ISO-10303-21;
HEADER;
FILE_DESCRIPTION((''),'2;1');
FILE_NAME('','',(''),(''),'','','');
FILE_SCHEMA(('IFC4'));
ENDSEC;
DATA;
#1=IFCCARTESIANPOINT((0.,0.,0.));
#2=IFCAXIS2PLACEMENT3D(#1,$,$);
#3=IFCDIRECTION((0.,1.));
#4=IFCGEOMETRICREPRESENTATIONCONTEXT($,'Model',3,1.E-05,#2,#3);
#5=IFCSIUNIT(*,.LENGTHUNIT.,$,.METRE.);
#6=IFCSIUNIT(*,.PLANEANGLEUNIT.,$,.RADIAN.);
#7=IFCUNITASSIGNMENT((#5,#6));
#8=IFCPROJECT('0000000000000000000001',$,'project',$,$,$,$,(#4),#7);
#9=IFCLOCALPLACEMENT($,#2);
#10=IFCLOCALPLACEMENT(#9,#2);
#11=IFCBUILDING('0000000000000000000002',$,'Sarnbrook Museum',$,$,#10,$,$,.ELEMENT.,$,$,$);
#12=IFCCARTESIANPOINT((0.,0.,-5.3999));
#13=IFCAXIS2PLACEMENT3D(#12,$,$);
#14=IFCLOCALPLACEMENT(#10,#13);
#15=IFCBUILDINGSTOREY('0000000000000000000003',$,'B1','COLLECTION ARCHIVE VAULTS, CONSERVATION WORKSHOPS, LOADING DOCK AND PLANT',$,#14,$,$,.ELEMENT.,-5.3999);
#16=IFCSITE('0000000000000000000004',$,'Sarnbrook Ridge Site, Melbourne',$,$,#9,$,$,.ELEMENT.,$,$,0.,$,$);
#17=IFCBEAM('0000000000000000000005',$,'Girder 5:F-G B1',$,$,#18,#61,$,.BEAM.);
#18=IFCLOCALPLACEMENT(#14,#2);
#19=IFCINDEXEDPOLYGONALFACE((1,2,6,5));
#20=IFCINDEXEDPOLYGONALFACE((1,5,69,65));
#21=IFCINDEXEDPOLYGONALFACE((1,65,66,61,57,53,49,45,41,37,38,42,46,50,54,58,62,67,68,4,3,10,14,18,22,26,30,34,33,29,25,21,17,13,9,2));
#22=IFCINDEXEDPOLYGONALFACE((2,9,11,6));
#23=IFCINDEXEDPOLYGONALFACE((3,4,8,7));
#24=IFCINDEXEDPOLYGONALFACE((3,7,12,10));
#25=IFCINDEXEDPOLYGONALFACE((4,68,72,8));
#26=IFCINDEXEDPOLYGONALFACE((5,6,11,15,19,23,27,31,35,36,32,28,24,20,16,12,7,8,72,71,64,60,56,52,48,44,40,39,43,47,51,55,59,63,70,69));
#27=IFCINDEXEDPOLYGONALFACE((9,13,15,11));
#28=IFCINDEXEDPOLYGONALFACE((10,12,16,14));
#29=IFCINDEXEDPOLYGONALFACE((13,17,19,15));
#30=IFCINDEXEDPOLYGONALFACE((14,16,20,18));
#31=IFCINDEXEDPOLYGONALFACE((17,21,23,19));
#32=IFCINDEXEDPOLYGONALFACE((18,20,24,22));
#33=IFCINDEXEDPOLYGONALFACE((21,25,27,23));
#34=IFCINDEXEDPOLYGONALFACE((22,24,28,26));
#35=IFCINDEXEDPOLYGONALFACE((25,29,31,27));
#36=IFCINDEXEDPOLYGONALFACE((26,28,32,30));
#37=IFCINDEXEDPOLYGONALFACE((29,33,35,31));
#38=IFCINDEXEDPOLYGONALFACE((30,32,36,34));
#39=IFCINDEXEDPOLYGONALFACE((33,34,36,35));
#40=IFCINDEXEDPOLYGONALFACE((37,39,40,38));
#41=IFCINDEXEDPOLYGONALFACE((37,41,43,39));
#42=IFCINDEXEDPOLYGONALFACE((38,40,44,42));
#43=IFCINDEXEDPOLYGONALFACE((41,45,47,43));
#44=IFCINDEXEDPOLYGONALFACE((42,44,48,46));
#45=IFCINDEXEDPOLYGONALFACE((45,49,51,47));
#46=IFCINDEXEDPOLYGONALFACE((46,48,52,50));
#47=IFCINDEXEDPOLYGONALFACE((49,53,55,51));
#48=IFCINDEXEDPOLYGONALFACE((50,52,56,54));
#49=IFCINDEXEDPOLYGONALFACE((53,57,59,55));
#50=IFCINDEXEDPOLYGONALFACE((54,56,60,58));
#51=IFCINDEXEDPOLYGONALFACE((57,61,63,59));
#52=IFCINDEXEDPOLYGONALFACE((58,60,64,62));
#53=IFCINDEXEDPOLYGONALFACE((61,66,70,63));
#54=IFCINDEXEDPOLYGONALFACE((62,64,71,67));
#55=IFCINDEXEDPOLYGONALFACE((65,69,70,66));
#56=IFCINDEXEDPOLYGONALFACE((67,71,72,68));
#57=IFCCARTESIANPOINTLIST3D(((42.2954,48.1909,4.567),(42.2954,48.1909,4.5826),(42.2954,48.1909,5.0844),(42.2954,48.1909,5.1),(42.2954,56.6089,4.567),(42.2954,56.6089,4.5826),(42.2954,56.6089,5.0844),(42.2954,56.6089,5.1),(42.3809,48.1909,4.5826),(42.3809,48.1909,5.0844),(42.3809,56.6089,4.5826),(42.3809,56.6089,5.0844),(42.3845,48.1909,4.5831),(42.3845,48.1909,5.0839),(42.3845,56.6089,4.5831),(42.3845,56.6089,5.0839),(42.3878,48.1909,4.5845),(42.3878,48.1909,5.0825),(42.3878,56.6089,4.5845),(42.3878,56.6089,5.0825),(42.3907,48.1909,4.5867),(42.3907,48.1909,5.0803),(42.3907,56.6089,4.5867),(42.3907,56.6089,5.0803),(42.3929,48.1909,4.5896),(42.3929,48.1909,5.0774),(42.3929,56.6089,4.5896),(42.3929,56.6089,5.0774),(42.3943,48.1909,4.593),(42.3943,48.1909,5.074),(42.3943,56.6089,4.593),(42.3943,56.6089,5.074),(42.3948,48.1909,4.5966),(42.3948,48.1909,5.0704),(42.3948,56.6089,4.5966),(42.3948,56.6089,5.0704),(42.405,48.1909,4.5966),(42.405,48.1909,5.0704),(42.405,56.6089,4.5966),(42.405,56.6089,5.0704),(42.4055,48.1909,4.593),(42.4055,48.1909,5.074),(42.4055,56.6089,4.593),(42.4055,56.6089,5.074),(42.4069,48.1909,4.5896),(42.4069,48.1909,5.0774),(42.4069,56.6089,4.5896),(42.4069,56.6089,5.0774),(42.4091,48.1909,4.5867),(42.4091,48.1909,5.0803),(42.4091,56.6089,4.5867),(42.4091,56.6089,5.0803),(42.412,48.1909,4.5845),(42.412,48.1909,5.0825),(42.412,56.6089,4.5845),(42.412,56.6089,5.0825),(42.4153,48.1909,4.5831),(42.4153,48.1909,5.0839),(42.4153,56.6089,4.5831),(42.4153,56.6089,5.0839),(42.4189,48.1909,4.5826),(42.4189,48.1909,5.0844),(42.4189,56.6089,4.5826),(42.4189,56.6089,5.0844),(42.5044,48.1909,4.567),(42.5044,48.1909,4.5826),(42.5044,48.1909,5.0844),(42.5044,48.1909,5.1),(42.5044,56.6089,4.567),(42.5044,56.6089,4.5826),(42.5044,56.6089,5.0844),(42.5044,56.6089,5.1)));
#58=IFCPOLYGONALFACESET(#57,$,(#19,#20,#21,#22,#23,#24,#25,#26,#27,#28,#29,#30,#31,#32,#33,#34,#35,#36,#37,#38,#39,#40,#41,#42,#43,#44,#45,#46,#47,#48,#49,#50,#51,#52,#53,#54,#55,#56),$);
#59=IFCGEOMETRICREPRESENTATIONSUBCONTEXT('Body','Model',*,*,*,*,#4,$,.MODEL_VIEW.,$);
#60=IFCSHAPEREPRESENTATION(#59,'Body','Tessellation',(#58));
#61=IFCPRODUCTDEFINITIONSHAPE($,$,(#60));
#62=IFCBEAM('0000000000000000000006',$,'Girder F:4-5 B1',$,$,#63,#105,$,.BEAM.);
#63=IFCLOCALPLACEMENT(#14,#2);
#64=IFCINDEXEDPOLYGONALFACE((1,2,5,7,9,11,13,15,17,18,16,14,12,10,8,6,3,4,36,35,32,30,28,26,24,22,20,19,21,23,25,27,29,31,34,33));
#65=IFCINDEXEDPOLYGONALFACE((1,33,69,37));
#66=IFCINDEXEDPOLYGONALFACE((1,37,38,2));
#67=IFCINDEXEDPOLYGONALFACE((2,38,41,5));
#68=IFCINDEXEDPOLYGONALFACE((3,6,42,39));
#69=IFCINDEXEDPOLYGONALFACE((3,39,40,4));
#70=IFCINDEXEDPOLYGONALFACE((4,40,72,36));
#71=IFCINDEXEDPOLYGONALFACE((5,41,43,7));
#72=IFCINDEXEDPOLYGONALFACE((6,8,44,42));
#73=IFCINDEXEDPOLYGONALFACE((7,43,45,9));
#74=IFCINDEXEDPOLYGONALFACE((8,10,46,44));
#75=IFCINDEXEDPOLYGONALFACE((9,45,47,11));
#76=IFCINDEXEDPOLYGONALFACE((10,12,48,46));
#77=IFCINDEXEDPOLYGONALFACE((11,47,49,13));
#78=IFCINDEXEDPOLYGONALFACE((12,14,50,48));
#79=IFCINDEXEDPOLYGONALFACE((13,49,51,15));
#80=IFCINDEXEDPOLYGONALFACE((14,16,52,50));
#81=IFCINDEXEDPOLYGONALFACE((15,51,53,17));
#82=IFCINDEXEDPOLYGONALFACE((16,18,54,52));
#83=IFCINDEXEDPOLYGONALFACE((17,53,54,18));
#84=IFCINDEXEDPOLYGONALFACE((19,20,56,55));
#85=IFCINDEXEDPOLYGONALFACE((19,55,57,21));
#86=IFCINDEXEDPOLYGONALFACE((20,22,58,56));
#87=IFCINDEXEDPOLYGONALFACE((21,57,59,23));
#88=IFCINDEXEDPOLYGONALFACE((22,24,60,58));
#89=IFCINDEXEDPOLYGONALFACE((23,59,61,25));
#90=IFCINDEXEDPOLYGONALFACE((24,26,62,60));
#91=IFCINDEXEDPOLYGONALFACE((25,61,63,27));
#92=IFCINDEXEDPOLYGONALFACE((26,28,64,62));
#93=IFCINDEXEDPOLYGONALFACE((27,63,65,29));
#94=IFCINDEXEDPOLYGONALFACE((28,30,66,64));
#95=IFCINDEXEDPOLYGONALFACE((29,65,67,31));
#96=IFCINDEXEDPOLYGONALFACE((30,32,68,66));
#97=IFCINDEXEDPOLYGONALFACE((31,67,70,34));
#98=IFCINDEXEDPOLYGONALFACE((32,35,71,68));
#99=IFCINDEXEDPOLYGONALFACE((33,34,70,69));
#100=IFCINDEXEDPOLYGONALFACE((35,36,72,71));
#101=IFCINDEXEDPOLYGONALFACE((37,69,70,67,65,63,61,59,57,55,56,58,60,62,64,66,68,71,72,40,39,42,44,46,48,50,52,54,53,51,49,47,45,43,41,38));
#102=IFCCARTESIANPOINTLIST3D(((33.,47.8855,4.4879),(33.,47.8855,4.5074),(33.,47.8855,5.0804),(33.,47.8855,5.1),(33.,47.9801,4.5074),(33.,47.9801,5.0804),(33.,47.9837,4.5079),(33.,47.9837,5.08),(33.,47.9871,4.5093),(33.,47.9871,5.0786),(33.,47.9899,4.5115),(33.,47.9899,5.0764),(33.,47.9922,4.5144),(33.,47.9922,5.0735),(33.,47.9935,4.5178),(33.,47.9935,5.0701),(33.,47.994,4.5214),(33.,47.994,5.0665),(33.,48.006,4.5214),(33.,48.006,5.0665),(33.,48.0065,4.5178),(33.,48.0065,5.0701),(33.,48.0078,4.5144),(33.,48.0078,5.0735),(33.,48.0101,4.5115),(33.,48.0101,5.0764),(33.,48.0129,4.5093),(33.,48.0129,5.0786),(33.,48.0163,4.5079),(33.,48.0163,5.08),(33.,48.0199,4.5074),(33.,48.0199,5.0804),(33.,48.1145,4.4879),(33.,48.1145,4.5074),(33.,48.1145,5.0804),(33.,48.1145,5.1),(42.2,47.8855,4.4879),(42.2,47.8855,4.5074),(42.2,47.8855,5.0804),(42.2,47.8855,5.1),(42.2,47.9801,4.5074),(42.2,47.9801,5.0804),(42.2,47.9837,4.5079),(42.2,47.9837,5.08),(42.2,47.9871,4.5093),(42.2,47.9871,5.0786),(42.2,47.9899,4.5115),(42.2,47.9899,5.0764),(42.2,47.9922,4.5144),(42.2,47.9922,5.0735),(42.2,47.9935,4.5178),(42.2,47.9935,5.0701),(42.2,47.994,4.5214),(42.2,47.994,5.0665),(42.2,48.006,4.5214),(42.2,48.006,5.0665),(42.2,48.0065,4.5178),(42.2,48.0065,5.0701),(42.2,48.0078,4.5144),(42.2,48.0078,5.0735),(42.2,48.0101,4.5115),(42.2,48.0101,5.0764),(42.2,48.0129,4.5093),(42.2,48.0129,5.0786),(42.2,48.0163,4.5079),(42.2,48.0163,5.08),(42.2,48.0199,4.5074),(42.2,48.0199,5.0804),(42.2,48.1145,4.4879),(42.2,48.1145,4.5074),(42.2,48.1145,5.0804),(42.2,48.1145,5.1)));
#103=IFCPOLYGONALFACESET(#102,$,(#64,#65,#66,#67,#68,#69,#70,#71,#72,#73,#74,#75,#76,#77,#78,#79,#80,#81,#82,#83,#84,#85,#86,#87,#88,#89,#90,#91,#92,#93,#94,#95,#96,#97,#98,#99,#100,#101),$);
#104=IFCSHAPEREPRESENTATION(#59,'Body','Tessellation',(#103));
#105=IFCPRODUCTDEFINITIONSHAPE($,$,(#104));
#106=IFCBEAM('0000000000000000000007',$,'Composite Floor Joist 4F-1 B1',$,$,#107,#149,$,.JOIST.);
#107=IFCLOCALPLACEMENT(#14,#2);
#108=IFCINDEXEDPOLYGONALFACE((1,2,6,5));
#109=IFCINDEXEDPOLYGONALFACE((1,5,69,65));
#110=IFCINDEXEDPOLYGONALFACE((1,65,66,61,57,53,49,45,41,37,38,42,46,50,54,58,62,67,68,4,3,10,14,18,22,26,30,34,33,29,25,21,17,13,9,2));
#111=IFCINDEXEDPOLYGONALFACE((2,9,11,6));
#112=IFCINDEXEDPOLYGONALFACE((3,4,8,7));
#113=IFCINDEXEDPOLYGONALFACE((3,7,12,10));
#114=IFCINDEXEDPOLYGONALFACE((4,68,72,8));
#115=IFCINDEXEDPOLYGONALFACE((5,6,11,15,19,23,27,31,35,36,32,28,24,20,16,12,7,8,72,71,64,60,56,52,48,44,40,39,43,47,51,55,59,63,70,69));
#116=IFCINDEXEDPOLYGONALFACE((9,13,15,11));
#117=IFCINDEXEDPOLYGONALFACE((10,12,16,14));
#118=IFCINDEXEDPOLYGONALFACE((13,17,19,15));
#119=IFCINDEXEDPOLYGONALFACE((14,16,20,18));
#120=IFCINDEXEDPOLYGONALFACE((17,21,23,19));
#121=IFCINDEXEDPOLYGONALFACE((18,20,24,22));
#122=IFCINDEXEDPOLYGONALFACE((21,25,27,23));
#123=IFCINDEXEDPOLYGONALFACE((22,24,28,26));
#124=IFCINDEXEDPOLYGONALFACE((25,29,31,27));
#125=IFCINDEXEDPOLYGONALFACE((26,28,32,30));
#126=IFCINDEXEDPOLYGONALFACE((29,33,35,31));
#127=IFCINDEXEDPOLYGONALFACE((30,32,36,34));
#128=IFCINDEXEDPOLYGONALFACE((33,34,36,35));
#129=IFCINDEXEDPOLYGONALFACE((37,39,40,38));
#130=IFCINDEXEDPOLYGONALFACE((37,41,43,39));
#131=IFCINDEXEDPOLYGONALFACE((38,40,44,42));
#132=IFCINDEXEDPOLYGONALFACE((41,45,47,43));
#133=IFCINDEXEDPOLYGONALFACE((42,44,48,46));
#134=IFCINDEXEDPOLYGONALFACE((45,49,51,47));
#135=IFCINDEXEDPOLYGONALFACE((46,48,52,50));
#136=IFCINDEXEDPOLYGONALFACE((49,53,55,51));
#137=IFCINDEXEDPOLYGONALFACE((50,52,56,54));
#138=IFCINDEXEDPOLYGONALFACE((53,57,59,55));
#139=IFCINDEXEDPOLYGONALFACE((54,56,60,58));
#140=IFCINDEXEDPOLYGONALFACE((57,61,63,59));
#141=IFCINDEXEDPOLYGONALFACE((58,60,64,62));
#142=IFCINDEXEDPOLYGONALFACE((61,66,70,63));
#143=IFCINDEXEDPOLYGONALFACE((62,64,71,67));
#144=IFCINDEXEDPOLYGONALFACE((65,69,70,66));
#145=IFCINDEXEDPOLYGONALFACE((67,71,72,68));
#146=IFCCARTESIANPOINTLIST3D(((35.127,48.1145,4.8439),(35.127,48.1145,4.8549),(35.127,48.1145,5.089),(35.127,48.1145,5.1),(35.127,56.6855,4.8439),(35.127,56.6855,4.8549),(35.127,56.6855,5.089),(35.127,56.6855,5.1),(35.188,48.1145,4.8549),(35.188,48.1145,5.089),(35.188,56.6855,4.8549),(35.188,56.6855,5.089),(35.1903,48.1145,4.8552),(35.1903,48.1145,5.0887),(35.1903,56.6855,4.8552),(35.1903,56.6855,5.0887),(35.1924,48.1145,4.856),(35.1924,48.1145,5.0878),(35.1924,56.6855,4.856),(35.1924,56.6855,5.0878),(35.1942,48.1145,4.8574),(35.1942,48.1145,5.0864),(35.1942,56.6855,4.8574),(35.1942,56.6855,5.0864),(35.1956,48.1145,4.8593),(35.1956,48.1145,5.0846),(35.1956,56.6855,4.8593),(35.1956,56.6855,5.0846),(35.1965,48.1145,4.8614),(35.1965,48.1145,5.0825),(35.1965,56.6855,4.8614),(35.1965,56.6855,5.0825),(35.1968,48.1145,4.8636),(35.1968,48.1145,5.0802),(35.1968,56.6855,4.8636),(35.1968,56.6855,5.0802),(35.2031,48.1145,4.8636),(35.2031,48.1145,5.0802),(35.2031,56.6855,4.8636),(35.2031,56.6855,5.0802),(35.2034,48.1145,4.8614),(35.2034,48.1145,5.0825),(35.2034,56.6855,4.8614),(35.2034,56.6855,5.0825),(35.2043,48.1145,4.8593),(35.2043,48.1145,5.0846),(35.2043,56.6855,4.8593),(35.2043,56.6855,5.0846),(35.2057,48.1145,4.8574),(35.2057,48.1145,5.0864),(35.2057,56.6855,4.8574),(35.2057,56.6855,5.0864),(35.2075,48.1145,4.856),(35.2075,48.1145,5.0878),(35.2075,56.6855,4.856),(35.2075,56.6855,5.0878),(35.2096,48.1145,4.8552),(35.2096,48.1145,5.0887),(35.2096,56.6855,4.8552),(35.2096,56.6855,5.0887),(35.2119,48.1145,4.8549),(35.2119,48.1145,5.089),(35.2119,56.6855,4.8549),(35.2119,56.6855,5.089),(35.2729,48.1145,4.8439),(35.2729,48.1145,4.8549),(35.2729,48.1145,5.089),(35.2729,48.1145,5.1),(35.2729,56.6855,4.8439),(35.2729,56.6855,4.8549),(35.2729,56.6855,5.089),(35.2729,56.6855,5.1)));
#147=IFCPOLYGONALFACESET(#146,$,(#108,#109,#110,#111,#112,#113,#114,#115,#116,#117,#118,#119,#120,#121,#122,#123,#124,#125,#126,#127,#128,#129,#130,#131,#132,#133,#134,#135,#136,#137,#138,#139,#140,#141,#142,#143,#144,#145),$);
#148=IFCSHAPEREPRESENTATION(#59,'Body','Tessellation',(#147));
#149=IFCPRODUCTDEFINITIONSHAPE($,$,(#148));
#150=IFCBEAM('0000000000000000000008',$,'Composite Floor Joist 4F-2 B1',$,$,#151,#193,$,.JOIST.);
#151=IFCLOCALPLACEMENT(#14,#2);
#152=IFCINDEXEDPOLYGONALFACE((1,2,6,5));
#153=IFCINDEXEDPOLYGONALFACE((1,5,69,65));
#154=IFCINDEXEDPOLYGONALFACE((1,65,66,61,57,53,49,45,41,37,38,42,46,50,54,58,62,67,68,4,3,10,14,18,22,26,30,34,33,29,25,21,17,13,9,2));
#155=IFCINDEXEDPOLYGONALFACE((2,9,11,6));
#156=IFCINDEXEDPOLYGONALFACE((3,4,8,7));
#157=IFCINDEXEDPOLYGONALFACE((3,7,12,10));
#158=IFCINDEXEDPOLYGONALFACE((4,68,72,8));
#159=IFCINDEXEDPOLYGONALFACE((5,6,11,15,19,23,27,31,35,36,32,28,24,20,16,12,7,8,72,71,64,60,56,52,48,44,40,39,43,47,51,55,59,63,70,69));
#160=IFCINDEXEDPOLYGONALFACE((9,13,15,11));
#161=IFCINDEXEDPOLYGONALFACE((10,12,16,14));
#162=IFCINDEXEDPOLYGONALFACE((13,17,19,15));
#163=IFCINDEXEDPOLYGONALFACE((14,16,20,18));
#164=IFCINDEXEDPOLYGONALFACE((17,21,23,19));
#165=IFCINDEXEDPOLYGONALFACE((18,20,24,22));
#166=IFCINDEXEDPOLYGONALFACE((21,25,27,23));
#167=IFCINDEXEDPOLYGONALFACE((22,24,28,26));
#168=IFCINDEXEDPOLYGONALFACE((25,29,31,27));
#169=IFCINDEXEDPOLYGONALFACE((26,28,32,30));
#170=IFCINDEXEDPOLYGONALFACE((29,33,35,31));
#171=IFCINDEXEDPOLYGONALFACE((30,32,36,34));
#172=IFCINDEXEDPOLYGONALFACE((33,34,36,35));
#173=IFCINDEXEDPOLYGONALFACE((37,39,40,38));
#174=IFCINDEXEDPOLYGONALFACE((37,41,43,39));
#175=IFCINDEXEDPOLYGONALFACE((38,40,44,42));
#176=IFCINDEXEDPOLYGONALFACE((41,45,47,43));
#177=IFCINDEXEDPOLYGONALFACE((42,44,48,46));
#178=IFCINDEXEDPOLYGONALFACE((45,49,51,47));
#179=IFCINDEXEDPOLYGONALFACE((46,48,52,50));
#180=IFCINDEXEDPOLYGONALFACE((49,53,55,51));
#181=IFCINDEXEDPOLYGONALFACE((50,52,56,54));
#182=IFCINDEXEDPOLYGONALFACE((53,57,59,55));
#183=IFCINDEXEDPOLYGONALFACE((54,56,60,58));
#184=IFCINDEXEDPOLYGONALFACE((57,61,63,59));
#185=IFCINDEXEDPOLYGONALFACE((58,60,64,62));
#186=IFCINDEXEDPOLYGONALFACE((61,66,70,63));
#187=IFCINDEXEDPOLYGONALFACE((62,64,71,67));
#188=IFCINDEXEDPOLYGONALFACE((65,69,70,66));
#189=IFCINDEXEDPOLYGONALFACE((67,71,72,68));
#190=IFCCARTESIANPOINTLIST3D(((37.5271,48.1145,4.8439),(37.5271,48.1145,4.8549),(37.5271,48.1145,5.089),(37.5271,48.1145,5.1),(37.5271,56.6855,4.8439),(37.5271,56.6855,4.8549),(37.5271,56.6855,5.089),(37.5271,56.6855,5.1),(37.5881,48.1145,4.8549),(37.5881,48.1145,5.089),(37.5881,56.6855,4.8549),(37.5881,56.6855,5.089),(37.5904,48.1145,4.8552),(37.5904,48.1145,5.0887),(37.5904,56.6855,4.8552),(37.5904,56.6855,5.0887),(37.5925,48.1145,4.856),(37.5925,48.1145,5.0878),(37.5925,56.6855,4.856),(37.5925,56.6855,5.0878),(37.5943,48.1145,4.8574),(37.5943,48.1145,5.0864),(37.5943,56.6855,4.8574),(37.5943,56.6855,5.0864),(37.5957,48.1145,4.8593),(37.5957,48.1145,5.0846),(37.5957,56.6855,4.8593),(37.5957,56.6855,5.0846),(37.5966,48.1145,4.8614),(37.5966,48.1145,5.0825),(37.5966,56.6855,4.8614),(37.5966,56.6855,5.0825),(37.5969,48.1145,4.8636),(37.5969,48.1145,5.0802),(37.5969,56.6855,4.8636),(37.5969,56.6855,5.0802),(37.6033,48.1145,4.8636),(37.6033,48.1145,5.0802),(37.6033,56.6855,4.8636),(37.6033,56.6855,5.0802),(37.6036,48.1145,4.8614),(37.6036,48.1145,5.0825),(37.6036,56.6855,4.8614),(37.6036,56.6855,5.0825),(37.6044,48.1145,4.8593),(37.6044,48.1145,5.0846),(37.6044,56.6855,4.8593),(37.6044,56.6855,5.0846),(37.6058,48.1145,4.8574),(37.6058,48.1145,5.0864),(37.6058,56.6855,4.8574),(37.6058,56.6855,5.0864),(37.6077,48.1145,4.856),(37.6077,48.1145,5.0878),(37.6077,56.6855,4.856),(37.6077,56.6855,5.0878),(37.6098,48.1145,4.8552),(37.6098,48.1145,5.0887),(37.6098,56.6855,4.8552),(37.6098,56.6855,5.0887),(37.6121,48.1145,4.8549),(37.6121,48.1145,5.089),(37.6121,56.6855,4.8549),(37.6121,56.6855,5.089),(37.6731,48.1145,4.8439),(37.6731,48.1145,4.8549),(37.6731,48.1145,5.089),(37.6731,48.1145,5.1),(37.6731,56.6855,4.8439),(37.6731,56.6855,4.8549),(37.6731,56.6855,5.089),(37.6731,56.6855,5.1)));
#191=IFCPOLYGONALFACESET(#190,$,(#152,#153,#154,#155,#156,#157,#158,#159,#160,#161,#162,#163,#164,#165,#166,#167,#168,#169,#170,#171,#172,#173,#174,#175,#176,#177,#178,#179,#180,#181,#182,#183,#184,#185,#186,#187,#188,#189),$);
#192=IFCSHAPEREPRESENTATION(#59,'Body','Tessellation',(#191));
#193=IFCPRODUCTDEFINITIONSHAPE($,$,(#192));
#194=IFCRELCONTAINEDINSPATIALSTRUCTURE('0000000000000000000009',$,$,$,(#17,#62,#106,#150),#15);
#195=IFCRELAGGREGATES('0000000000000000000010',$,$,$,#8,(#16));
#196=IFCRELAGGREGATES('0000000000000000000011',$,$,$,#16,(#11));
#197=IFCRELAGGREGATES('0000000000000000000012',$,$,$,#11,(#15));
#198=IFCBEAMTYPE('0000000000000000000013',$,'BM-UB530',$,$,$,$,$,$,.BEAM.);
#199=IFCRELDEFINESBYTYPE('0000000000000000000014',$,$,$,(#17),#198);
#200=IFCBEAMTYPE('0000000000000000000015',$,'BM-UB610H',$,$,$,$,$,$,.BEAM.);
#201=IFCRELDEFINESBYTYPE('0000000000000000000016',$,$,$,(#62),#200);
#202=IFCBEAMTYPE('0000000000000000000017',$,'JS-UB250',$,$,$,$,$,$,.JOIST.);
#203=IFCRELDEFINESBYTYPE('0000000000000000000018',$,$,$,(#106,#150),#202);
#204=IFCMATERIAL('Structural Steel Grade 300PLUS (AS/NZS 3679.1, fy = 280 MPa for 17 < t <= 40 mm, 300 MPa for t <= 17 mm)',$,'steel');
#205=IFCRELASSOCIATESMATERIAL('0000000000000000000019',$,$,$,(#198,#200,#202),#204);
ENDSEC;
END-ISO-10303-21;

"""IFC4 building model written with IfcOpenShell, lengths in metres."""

from ifc_helpers import new_model, si_unit, direction, frame, origin, origin_2d, place, context, subcontext, project, spatial, i_section, extrude, material, material_profile, profile_set, type_object, element, save


model = new_model("IFC4")

# Units and contexts
model_context = context("Model", 3, precision=1e-05, world=origin(), true_north=direction((0.0, 1.0)))
body_context = subcontext(model_context, "Body", "Model", "MODEL_VIEW")
ifc_project = project(units=[si_unit("LENGTHUNIT", "METRE"), si_unit("PLANEANGLEUNIT", "RADIAN")], contexts=[model_context])

# Site, building, storey
site_placement = place(None, origin())
site = spatial("IfcSite", under=ifc_project, at=site_placement, Name="Sarnbrook Ridge Site, Melbourne", CompositionType="ELEMENT", RefElevation=0.0)
building_placement = place(site_placement, origin())
building = spatial("IfcBuilding", under=site, at=building_placement, Name="Sarnbrook Museum", CompositionType="ELEMENT")
storey_placement = place(building_placement, frame((0.0, 0.0, -5.3999)))
storey = spatial("IfcBuildingStorey", under=building, at=storey_placement, Name="B1", Description="COLLECTION ARCHIVE VAULTS, CONSERVATION WORKSHOPS, LOADING DOCK AND PLANT", CompositionType="ELEMENT", Elevation=-5.3999)

# Beams
ifc_material_1 = material(Name="Structural Steel Grade 300PLUS (AS/NZS 3679.1, fy = 280 MPa for 17 < t <= 40 mm, 300 MPa for t <= 17 mm)", Category="steel")
ifc_material_profile_1 = material_profile(ifc_material_1, i_section(OverallWidth=0.209, OverallDepth=0.533, WebThickness=0.0103, FlangeThickness=0.0156, FilletRadius=0.0139, at=origin_2d()), Name="530UB92.4")
ifc_profile_set_1 = profile_set([ifc_material_profile_1], Name="Structural Steel Grade 300PLUS (AS/NZS 3679.1, fy = 280 MPa for 17 < t <= 40 mm, 300 MPa for t <= 17 mm)")
beam_type_1 = type_object("IfcBeamType", Name="BM-UB530", PredefinedType="BEAM", material=ifc_profile_set_1)
for number, where, z_axis, x_axis, name in (
    (1, (42.3999, 48.1909, 4.8335), (0.0, 1.0, 0.0), (-1.0, 0.0, 0.0), "Girder 5:F-G B1"),
):
    element("IfcBeam", number, at=place(storey_placement, frame(where, z_axis=z_axis, x_axis=x_axis)), inside=storey, type_object=beam_type_1, Name=name, PredefinedType="BEAM", context=body_context, shape_type="SweptSolid", body=[
        extrude(i_section(OverallWidth=0.209, OverallDepth=0.533, WebThickness=0.0103, FlangeThickness=0.0156, FilletRadius=0.0139, at=origin_2d()), origin(), (0.0, 0.0, 1.0), 8.418),
    ])
ifc_material_profile_2 = material_profile(ifc_material_1, i_section(OverallWidth=0.229, OverallDepth=0.6121, WebThickness=0.012, FlangeThickness=0.0195, FilletRadius=0.0139, at=origin_2d()), Name="610UB125")
ifc_profile_set_2 = profile_set([ifc_material_profile_2], Name="Structural Steel Grade 300PLUS (AS/NZS 3679.1, fy = 280 MPa for 17 < t <= 40 mm, 300 MPa for t <= 17 mm)")
beam_type_2 = type_object("IfcBeamType", Name="BM-UB610H", PredefinedType="BEAM", material=ifc_profile_set_2)
beam_1_placement = place(storey_placement, frame((33.0, 48.0, 4.7939), z_axis=(1.0, 0.0, 0.0), x_axis=(0.0, 1.0, 0.0)))
element("IfcBeam", 2, at=beam_1_placement, inside=storey, type_object=beam_type_2, Name="Girder F:4-5 B1", PredefinedType="BEAM", context=body_context, shape_type="SweptSolid", body=[
    extrude(i_section(OverallWidth=0.229, OverallDepth=0.6121, WebThickness=0.012, FlangeThickness=0.0195, FilletRadius=0.0139, at=origin_2d()), origin(), (0.0, 0.0, 1.0), 9.2),
])
ifc_material_profile_3 = material_profile(ifc_material_1, i_section(OverallWidth=0.146, OverallDepth=0.2561, WebThickness=0.0063, FlangeThickness=0.011, FilletRadius=0.0088, at=origin_2d()), Name="250UB37.3")
ifc_profile_set_3 = profile_set([ifc_material_profile_3], Name="Structural Steel Grade 300PLUS (AS/NZS 3679.1, fy = 280 MPa for 17 < t <= 40 mm, 300 MPa for t <= 17 mm)")
beam_type_3 = type_object("IfcBeamType", Name="JS-UB250", PredefinedType="JOIST", material=ifc_profile_set_3)
for number, where, z_axis, x_axis, name in (
    (3, (35.2, 48.1145, 4.9719), (0.0, 1.0, 0.0), (-1.0, 0.0, 0.0), "Composite Floor Joist 4F-1 B1"),
    (4, (37.6001, 48.1145, 4.9719), (0.0, 1.0, 0.0), (-1.0, 0.0, 0.0), "Composite Floor Joist 4F-2 B1"),
):
    element("IfcBeam", number, at=place(storey_placement, frame(where, z_axis=z_axis, x_axis=x_axis)), inside=storey, type_object=beam_type_3, Name=name, PredefinedType="JOIST", context=body_context, shape_type="SweptSolid", body=[
        extrude(i_section(OverallWidth=0.146, OverallDepth=0.2561, WebThickness=0.0063, FlangeThickness=0.011, FilletRadius=0.0088, at=origin_2d()), origin(), (0.0, 0.0, 1.0), 8.571),
    ])

save(model, "model.ifc")
